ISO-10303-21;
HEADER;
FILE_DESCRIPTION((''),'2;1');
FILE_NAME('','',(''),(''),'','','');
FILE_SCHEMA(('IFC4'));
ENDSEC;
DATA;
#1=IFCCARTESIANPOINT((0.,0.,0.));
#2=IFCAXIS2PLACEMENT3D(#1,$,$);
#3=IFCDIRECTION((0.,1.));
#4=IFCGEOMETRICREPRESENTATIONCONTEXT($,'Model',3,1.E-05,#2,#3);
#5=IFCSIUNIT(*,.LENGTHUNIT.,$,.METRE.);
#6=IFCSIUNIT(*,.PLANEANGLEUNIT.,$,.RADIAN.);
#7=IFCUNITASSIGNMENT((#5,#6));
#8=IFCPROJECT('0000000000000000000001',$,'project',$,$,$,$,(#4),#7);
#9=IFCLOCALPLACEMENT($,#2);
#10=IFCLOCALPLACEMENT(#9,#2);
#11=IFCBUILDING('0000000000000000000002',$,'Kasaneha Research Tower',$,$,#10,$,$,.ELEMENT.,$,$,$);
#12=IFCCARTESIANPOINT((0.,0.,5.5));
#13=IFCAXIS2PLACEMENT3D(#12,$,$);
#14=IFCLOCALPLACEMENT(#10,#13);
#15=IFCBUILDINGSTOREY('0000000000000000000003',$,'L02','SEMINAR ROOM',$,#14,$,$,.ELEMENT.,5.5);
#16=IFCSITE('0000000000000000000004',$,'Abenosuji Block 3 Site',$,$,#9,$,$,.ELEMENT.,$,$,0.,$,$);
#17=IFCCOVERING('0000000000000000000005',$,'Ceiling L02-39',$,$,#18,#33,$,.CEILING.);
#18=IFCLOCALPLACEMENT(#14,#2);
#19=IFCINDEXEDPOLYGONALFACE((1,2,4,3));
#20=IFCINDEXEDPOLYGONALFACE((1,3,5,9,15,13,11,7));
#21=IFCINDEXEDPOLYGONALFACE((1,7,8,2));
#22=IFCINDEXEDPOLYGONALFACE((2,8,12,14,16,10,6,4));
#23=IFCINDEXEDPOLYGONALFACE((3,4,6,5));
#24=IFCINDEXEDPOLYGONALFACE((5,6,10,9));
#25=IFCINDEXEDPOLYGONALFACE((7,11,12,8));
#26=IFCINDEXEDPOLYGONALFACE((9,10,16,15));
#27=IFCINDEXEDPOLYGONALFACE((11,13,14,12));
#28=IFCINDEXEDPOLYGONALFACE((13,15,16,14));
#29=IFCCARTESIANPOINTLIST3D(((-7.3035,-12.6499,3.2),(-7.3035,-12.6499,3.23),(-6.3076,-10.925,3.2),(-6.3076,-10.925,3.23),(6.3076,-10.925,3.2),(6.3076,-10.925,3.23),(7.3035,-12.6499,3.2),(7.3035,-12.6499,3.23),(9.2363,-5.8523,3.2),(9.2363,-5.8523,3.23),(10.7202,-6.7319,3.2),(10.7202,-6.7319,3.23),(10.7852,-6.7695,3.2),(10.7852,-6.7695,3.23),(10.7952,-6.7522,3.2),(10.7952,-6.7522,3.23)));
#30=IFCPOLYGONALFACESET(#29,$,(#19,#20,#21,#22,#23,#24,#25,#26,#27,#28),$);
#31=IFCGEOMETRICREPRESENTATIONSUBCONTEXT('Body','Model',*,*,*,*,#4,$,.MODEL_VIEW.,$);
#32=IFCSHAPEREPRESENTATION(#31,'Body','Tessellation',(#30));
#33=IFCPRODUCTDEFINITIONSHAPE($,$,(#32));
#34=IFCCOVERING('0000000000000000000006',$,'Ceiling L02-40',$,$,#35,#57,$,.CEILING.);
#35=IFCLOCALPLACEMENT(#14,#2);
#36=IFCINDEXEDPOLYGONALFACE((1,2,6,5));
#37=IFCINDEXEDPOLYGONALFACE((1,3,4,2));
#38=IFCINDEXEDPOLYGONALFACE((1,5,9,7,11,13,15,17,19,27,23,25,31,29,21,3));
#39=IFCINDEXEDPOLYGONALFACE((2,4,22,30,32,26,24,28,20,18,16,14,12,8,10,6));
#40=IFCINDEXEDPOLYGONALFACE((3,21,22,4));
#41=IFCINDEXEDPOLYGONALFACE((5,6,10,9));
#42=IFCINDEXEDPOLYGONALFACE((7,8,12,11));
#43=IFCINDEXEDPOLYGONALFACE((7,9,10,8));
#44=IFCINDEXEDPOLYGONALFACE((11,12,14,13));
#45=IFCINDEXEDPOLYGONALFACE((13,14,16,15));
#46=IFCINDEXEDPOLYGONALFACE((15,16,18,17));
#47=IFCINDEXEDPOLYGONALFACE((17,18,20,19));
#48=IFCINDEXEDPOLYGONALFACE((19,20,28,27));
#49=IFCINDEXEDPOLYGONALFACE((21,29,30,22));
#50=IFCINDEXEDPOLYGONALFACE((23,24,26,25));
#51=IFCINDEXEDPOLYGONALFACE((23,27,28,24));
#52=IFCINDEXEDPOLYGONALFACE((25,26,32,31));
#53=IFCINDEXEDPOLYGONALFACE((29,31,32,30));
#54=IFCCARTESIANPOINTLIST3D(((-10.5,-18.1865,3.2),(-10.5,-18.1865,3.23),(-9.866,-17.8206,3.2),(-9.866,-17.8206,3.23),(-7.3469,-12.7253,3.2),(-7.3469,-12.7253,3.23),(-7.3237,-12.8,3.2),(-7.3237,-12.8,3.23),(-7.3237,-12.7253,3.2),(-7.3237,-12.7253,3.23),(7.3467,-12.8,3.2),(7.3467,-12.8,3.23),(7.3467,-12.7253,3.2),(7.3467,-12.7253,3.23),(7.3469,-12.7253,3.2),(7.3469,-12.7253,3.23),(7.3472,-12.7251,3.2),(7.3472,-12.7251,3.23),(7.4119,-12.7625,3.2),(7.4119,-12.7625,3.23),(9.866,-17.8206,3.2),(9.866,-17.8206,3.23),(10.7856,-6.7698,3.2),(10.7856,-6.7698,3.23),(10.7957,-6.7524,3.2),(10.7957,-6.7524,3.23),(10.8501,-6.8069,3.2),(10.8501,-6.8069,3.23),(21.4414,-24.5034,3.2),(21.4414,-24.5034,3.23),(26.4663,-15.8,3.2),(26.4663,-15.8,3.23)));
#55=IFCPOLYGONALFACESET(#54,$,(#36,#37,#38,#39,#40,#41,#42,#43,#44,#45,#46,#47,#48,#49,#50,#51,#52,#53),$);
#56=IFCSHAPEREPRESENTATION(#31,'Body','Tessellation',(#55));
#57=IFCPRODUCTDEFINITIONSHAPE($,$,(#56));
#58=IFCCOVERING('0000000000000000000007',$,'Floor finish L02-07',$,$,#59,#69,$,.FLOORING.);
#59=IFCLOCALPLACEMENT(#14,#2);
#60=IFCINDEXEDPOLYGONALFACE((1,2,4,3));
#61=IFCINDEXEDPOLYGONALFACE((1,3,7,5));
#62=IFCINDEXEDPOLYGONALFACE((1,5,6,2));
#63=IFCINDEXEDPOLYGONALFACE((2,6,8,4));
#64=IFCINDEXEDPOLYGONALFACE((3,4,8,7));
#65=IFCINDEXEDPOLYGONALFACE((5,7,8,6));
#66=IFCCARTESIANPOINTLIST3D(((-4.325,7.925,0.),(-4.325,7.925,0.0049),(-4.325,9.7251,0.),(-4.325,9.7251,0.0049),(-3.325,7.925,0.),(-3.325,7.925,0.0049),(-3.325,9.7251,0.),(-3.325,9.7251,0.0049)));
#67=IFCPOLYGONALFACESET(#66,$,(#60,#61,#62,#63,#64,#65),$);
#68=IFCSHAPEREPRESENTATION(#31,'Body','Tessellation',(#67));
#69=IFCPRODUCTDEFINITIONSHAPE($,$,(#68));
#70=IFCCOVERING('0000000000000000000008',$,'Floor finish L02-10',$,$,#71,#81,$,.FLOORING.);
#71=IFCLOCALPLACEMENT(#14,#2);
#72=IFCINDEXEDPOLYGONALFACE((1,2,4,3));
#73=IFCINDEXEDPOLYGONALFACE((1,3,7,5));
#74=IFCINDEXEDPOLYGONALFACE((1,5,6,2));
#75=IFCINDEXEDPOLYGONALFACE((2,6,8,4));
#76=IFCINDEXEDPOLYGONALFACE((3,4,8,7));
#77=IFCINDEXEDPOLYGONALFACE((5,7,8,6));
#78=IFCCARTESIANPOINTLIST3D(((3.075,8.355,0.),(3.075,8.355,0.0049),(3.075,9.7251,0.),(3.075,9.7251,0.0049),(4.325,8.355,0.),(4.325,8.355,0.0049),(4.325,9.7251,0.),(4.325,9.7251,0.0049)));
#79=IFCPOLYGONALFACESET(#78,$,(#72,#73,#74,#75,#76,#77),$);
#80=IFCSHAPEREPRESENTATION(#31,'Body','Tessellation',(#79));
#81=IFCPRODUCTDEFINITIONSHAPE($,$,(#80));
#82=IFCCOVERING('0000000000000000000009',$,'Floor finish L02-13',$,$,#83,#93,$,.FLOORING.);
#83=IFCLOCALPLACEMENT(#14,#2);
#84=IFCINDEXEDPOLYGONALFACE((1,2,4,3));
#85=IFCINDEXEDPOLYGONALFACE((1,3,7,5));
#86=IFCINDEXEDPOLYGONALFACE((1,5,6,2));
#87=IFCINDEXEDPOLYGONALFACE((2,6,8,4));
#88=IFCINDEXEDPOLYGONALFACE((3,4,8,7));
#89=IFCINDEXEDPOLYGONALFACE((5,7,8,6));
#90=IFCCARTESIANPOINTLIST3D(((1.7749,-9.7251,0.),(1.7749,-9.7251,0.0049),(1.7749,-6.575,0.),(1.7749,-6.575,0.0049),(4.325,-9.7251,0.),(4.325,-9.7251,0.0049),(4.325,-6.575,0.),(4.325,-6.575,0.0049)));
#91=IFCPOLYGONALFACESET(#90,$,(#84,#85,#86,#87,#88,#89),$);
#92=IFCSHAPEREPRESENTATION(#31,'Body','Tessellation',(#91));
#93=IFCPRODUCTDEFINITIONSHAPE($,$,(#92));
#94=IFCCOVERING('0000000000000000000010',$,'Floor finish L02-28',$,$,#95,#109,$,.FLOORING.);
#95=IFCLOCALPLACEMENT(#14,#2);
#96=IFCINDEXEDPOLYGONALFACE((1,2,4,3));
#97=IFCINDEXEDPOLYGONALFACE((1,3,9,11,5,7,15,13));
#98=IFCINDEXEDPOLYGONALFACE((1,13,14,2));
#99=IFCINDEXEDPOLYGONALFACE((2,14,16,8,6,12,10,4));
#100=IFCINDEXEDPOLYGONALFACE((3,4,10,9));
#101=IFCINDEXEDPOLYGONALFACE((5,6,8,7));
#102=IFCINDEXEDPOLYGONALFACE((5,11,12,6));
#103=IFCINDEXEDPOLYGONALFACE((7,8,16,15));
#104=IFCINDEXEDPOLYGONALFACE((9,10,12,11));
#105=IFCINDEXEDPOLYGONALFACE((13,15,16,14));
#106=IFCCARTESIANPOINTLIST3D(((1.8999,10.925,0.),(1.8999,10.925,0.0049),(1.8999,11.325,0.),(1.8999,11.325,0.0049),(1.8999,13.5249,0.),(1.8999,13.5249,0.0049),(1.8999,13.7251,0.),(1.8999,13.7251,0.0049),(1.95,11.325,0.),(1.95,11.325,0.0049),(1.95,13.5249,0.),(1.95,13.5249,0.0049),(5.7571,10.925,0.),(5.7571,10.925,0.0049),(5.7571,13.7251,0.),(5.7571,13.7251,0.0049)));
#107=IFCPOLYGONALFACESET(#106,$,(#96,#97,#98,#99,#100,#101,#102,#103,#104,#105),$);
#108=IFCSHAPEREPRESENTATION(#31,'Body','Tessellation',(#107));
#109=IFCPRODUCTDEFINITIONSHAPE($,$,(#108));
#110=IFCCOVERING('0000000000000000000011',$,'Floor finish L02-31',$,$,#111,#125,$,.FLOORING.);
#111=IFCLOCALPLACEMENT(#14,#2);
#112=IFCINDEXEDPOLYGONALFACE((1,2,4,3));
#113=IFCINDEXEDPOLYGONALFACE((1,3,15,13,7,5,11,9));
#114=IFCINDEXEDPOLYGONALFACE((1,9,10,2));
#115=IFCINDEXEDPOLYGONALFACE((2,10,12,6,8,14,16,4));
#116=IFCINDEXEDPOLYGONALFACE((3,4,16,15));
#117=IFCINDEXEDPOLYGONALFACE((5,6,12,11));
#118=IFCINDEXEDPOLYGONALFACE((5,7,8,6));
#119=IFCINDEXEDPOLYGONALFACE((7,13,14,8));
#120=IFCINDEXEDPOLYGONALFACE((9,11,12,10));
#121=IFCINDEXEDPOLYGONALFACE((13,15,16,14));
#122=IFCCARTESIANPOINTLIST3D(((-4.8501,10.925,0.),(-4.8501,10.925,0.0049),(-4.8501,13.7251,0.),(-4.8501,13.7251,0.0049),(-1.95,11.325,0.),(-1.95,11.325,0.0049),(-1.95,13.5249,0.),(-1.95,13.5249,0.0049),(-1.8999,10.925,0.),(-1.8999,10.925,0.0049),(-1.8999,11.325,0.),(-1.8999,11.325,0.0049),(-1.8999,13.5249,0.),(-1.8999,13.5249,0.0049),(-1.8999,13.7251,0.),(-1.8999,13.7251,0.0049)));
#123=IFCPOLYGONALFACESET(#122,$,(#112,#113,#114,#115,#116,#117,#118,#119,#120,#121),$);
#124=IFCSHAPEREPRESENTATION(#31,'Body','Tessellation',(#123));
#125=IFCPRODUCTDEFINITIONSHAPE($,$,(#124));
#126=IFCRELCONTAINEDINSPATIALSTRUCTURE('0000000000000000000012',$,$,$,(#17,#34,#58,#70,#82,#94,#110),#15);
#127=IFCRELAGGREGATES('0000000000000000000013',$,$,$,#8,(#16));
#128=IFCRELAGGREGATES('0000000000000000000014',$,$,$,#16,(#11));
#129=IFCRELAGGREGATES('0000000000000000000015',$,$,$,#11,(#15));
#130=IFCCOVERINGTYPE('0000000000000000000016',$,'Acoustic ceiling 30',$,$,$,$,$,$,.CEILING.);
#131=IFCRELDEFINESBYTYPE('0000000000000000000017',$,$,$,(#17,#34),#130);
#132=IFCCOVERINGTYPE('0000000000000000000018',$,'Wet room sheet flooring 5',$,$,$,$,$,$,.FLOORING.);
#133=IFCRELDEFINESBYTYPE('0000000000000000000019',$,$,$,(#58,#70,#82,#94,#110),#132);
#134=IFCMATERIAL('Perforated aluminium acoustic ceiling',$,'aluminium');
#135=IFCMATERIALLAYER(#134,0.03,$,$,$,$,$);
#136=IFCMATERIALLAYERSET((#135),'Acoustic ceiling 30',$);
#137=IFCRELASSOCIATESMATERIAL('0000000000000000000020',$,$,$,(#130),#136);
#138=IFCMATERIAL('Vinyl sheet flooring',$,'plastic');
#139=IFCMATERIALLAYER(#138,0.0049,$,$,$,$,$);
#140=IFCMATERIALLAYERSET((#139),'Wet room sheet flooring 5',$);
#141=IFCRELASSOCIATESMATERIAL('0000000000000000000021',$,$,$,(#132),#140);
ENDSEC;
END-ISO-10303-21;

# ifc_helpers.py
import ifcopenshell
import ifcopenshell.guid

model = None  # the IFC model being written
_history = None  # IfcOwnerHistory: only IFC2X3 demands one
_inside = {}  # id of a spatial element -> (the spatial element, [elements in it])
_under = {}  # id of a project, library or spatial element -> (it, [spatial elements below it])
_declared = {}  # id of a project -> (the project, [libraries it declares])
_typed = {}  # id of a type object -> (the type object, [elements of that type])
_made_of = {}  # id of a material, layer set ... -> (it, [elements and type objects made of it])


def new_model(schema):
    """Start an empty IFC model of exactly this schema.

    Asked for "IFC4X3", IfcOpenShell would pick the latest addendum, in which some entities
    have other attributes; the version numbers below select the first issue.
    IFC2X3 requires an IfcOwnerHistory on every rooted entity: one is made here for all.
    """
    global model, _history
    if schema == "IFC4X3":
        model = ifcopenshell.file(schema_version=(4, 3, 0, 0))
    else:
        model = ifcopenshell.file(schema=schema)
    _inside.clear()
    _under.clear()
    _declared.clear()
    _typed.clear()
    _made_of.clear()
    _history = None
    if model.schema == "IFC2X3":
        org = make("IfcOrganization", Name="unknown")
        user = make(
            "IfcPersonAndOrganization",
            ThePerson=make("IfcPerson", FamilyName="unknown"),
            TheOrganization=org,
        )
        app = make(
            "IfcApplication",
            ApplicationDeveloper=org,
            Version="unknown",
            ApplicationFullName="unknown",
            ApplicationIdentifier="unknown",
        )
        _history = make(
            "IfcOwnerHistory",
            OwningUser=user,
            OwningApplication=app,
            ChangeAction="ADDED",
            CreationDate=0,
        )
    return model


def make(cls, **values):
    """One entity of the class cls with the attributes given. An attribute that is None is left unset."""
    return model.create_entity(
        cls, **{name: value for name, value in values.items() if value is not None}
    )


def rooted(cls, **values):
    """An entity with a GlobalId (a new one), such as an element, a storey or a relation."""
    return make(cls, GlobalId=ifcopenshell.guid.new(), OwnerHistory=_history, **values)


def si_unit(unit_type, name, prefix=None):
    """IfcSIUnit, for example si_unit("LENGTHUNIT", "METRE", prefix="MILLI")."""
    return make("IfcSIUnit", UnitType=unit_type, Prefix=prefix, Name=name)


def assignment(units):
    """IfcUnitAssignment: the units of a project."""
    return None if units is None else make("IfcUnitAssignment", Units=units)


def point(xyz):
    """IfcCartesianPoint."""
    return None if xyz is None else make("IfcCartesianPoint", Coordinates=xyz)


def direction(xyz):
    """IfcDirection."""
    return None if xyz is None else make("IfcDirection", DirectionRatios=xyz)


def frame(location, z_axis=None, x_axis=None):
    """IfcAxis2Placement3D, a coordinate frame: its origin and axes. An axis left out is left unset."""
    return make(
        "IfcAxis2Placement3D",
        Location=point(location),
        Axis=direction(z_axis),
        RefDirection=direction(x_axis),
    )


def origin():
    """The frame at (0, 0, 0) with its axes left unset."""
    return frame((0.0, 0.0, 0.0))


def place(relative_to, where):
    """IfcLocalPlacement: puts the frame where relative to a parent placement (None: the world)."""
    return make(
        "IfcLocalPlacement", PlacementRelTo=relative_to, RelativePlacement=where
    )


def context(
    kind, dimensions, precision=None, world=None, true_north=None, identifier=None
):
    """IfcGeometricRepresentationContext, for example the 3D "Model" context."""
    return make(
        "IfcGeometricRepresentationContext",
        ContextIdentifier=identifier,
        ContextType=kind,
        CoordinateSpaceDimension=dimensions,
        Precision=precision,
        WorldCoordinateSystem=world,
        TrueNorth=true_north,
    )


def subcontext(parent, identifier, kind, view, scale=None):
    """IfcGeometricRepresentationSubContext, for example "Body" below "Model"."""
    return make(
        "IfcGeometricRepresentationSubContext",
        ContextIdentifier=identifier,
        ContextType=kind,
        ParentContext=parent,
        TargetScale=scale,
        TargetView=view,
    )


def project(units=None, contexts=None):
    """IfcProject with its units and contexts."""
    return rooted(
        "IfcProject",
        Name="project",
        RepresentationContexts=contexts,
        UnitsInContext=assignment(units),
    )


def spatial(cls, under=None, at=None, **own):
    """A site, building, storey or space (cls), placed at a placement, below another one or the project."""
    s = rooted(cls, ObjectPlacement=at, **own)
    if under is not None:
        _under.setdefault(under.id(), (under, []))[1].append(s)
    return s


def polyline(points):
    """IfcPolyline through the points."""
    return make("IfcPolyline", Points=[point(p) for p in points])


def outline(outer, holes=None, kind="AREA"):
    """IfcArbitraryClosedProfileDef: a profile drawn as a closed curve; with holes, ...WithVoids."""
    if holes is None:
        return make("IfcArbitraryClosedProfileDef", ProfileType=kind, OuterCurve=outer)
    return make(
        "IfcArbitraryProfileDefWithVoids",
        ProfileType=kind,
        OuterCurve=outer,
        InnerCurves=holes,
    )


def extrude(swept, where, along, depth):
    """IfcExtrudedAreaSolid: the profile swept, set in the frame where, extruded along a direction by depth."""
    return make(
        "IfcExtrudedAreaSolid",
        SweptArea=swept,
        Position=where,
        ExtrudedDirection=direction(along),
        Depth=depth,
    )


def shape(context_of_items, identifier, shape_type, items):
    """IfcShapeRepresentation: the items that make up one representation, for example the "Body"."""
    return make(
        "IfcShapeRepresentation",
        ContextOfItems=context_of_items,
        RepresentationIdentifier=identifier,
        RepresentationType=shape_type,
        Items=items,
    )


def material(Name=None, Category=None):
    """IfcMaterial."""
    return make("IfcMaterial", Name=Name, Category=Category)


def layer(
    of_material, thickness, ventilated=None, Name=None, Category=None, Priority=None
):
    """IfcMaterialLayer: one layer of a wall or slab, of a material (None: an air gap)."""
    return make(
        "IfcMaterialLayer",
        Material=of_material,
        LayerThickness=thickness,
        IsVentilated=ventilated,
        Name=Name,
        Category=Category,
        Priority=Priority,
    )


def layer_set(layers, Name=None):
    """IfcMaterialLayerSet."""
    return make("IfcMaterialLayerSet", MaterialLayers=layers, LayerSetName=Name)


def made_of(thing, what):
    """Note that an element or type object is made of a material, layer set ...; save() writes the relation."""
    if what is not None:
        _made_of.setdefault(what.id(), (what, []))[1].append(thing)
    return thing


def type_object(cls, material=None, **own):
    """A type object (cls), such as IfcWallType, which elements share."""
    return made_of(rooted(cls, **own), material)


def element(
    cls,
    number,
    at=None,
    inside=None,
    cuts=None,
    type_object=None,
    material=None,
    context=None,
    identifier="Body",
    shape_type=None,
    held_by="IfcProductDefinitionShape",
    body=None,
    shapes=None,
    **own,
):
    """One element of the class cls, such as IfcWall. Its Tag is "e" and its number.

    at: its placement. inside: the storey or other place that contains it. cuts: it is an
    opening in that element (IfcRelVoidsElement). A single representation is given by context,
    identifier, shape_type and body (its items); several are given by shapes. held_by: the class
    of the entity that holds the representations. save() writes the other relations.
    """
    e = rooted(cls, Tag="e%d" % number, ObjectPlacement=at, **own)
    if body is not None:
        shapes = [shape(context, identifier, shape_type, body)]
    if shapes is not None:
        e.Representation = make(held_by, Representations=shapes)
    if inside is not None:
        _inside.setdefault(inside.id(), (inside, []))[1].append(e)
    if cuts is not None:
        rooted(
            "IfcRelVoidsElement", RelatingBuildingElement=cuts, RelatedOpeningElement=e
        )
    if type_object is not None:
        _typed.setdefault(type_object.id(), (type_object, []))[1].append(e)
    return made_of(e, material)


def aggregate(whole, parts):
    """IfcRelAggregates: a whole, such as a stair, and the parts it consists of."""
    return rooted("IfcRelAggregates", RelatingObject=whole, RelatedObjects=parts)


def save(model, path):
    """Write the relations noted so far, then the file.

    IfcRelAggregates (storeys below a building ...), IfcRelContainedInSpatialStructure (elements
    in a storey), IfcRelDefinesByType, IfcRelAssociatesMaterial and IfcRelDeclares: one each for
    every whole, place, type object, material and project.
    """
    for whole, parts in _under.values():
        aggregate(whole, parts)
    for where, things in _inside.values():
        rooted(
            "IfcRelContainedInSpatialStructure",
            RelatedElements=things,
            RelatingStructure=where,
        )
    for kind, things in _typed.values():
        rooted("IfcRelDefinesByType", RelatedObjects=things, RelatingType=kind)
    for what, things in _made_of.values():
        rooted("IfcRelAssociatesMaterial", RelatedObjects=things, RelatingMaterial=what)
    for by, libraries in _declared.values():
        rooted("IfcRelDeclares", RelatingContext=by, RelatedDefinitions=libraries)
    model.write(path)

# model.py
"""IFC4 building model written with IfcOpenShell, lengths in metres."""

from ifc_helpers import new_model, si_unit, direction, frame, origin, place, context, subcontext, project, spatial, polyline, outline, extrude, material, layer, layer_set, type_object, element, save


model = new_model("IFC4")

# Units and contexts
model_context = context("Model", 3, precision=1e-05, world=origin(), true_north=direction((0.0, 1.0)))
body_context = subcontext(model_context, "Body", "Model", "MODEL_VIEW")
ifc_project = project(units=[si_unit("LENGTHUNIT", "METRE"), si_unit("PLANEANGLEUNIT", "RADIAN")], contexts=[model_context])

# Site, building, storey
site_placement = place(None, origin())
site = spatial("IfcSite", under=ifc_project, at=site_placement, Name="Abenosuji Block 3 Site", CompositionType="ELEMENT", RefElevation=0.0)
building_placement = place(site_placement, origin())
building = spatial("IfcBuilding", under=site, at=building_placement, Name="Kasaneha Research Tower", CompositionType="ELEMENT")
storey_placement = place(building_placement, frame((0.0, 0.0, 5.5)))
storey = spatial("IfcBuildingStorey", under=building, at=storey_placement, Name="L02", Description="SEMINAR ROOM", CompositionType="ELEMENT", Elevation=5.5)

# Coverings
ifc_material_1 = material(Name="Perforated aluminium acoustic ceiling", Category="aluminium")
ifc_layer_1 = layer(ifc_material_1, 0.03)
ifc_layer_set_1 = layer_set([ifc_layer_1], Name="Acoustic ceiling 30")
covering_type_1 = type_object("IfcCoveringType", Name="Acoustic ceiling 30", PredefinedType="CEILING", material=ifc_layer_set_1)
covering_1_placement = place(storey_placement, frame((0.0, 0.0, 3.2)))
element("IfcCovering", 1, at=covering_1_placement, inside=storey, type_object=covering_type_1, Name="Ceiling L02-39", PredefinedType="CEILING", context=body_context, shape_type="SweptSolid", body=[
    extrude(outline(polyline([(-6.3076, -10.925), (6.3076, -10.925), (9.2363, -5.8523), (10.7952, -6.7522), (10.7852, -6.7695), (10.7202, -6.7319), (7.3035, -12.6499), (-7.3035, -12.6499), (-7.3035, -12.6499), (-6.3076, -10.925)])), origin(), (0.0, 0.0, 1.0), 0.03),
])
covering_2_placement = place(storey_placement, frame((0.0, 0.0, 3.2)))
element("IfcCovering", 2, at=covering_2_placement, inside=storey, type_object=covering_type_1, Name="Ceiling L02-40", PredefinedType="CEILING", context=body_context, shape_type="SweptSolid", body=[
    extrude(outline(polyline([(-7.3469, -12.7253), (-7.3237, -12.7253), (-7.3237, -12.8), (7.3467, -12.8), (7.3467, -12.7253), (7.3469, -12.7253), (7.3472, -12.7251), (7.4119, -12.7625), (10.8501, -6.8069), (10.7856, -6.7698), (10.7957, -6.7524), (26.4663, -15.8), (21.4414, -24.5034), (9.866, -17.8206), (-9.866, -17.8206), (-10.5, -18.1865), (-7.3469, -12.7253)])), origin(), (0.0, 0.0, 1.0), 0.03),
])
ifc_material_2 = material(Name="Vinyl sheet flooring", Category="plastic")
ifc_layer_2 = layer(ifc_material_2, 0.0049)
ifc_layer_set_2 = layer_set([ifc_layer_2], Name="Wet room sheet flooring 5")
covering_type_2 = type_object("IfcCoveringType", Name="Wet room sheet flooring 5", PredefinedType="FLOORING", material=ifc_layer_set_2)
covering_3_placement = place(storey_placement, origin())
element("IfcCovering", 3, at=covering_3_placement, inside=storey, type_object=covering_type_2, Name="Floor finish L02-07", PredefinedType="FLOORING", context=body_context, shape_type="SweptSolid", body=[
    extrude(outline(polyline([(-4.325, 7.925), (-4.325, 9.7251), (-3.325, 9.7251), (-3.325, 7.925), (-4.325, 7.925)])), origin(), (0.0, 0.0, 1.0), 0.0049),
])
covering_4_placement = place(storey_placement, origin())
element("IfcCovering", 4, at=covering_4_placement, inside=storey, type_object=covering_type_2, Name="Floor finish L02-10", PredefinedType="FLOORING", context=body_context, shape_type="SweptSolid", body=[
    extrude(outline(polyline([(4.325, 8.355), (3.075, 8.355), (3.075, 9.7251), (4.325, 9.7251), (4.325, 8.355)])), origin(), (0.0, 0.0, 1.0), 0.0049),
])
covering_5_placement = place(storey_placement, origin())
element("IfcCovering", 5, at=covering_5_placement, inside=storey, type_object=covering_type_2, Name="Floor finish L02-13", PredefinedType="FLOORING", context=body_context, shape_type="SweptSolid", body=[
    extrude(outline(polyline([(1.7749, -9.7251), (1.7749, -6.575), (4.325, -6.575), (4.325, -9.7251), (1.7749, -9.7251)])), origin(), (0.0, 0.0, 1.0), 0.0049),
])
covering_6_placement = place(storey_placement, origin())
element("IfcCovering", 6, at=covering_6_placement, inside=storey, type_object=covering_type_2, Name="Floor finish L02-28", PredefinedType="FLOORING", context=body_context, shape_type="SweptSolid", body=[
    extrude(outline(polyline([(5.7571, 13.7251), (5.7571, 10.925), (1.8999, 10.925), (1.8999, 11.325), (1.95, 11.325), (1.95, 13.5249), (1.8999, 13.5249), (1.8999, 13.7251), (5.7571, 13.7251)])), origin(), (0.0, 0.0, 1.0), 0.0049),
])
covering_7_placement = place(storey_placement, origin())
element("IfcCovering", 7, at=covering_7_placement, inside=storey, type_object=covering_type_2, Name="Floor finish L02-31", PredefinedType="FLOORING", context=body_context, shape_type="SweptSolid", body=[
    extrude(outline(polyline([(-1.8999, 13.7251), (-1.8999, 13.5249), (-1.95, 13.5249), (-1.95, 11.325), (-1.8999, 11.325), (-1.8999, 10.925), (-4.8501, 10.925), (-4.8501, 13.7251), (-1.8999, 13.7251)])), origin(), (0.0, 0.0, 1.0), 0.0049),
])

save(model, "model.ifc")
